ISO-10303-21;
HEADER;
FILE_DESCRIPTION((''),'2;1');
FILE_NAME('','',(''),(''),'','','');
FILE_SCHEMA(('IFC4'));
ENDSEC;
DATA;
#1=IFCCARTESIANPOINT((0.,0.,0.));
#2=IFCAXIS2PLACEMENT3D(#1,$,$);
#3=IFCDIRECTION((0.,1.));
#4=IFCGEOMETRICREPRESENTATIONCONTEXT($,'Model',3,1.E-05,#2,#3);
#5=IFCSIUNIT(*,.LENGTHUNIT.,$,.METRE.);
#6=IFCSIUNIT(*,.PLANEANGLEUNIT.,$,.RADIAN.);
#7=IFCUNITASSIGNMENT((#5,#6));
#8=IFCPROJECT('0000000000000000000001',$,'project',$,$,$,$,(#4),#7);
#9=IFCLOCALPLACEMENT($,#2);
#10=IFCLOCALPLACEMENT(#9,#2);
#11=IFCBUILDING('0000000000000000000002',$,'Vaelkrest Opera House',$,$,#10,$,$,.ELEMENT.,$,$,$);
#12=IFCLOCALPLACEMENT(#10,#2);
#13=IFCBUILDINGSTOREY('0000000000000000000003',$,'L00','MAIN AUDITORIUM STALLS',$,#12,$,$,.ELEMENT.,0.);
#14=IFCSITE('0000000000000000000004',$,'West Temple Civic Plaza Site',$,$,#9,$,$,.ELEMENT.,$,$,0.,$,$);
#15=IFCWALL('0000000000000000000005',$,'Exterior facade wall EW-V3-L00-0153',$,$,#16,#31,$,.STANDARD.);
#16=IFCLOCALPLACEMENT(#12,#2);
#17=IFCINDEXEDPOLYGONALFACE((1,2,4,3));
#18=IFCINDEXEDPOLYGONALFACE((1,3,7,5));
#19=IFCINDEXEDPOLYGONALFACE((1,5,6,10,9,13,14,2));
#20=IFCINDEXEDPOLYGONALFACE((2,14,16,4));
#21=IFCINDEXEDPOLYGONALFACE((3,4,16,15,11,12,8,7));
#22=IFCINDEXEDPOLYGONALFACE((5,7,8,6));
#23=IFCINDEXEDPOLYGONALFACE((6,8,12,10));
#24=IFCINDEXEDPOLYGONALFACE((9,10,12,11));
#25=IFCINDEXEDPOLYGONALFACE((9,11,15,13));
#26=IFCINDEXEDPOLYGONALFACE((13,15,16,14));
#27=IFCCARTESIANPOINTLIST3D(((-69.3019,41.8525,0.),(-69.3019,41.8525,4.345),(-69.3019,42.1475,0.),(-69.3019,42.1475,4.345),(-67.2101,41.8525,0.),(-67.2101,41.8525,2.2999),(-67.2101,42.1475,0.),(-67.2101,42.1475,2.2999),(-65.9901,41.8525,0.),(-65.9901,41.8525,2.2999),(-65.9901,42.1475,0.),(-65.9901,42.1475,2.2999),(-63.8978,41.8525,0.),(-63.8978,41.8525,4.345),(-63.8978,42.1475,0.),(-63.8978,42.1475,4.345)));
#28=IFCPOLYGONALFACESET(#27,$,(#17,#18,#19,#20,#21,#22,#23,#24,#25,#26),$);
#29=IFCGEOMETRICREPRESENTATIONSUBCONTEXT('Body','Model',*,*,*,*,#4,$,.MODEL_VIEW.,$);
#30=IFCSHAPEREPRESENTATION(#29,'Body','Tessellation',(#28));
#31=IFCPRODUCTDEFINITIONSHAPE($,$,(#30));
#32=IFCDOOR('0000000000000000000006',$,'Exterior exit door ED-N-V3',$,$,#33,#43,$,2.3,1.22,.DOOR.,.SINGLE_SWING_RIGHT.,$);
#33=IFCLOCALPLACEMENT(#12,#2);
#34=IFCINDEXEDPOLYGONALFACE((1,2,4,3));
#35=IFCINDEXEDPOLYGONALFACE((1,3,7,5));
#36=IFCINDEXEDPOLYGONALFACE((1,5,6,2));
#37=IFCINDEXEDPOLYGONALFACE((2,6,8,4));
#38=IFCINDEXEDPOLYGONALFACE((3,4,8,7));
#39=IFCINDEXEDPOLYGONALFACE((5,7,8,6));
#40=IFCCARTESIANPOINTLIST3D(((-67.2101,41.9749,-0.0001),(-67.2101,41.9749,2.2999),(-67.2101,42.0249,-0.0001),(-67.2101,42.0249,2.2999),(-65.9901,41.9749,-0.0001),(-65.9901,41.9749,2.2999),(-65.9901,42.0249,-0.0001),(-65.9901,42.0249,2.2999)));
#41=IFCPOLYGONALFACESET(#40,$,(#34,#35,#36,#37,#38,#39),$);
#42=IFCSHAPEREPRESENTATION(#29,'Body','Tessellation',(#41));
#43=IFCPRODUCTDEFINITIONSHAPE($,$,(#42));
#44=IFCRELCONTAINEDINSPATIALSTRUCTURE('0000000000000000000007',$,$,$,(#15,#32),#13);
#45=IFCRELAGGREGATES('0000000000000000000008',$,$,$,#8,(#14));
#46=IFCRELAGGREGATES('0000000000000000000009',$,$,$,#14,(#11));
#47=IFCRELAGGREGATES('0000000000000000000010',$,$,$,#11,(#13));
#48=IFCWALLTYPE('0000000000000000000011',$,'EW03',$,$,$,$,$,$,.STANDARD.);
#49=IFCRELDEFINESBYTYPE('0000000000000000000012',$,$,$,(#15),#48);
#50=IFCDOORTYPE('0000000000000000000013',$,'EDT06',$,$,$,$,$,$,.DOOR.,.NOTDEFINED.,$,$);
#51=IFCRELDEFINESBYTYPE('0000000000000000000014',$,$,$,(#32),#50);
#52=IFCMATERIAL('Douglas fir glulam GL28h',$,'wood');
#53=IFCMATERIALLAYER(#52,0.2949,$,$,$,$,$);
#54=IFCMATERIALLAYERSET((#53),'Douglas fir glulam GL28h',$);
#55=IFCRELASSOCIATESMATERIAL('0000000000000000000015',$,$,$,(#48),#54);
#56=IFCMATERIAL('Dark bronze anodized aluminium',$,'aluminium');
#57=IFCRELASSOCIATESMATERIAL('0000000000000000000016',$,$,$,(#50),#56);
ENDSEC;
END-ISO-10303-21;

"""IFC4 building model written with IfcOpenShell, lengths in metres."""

from ifc_helpers import new_model, si_unit, direction, frame, frame_2d, origin, place, context, subcontext, project, spatial, rectangle, extrude, material, layer, layer_set, type_object, element, fill, save


model = new_model("IFC4")

# Units and contexts
model_context = context("Model", 3, precision=1e-05, world=origin(), true_north=direction((0.0, 1.0)))
body_context = subcontext(model_context, "Body", "Model", "MODEL_VIEW")
ifc_project = project(units=[si_unit("LENGTHUNIT", "METRE"), si_unit("PLANEANGLEUNIT", "RADIAN")], contexts=[model_context])

# Site, building, storey
site_placement = place(None, origin())
site = spatial("IfcSite", under=ifc_project, at=site_placement, Name="West Temple Civic Plaza Site", CompositionType="ELEMENT", RefElevation=0.0)
building_placement = place(site_placement, origin())
building = spatial("IfcBuilding", under=site, at=building_placement, Name="Vaelkrest Opera House", CompositionType="ELEMENT")
storey_placement = place(building_placement, origin())
storey = spatial("IfcBuildingStorey", under=building, at=storey_placement, Name="L00", Description="MAIN AUDITORIUM STALLS", CompositionType="ELEMENT", Elevation=0.0)

# Shared definitions
ifc_material_1 = material(Name="Dark bronze anodized aluminium", Category="aluminium")

# Shared definitions
ifc_material_2 = material(Name="Douglas fir glulam GL28h", Category="wood")

# Wall, opening, door
ifc_layer_1 = layer(ifc_material_2, 0.2949)
ifc_layer_set_1 = layer_set([ifc_layer_1], Name="Douglas fir glulam GL28h")
wall_type_1 = type_object("IfcWallType", Name="EW03", PredefinedType="STANDARD", material=ifc_layer_set_1)
wall_1_placement = place(storey_placement, frame((-69.302, 42.0, 0.0), z_axis=(0.0, 0.0, 1.0), x_axis=(1.0, 0.0, 0.0)))
wall_1 = element("IfcWall", 1, at=wall_1_placement, inside=storey, type_object=wall_type_1, Name="Exterior facade wall EW-V3-L00-0153", PredefinedType="STANDARD", context=body_context, shape_type="SweptSolid", body=[
    extrude(rectangle(XDim=5.4041, YDim=0.2949, at=frame_2d((2.7021, 0.0))), origin(), (0.0, 0.0, 1.0), 4.345),
])
opening_1_placement = place(wall_1_placement, frame((2.092, 0.0, 0.0)))
opening_1 = element("IfcOpeningElement", 2, at=opening_1_placement, cuts=wall_1, PredefinedType="OPENING", context=body_context, shape_type="SweptSolid", body=[
    extrude(rectangle(XDim=1.22, YDim=2.3, at=frame_2d((0.6099, 1.1499))), frame((0.0, 0.1575, 0.0), z_axis=(0.0, -1.0, 0.0), x_axis=(1.0, 0.0, 0.0)), (0.0, 0.0, 1.0), 0.3149),
])
door_type = type_object("IfcDoorType", Name="EDT06", OperationType="NOTDEFINED", PredefinedType="DOOR", material=ifc_material_1)
door_placement = place(opening_1_placement, origin())
door = element("IfcDoor", 3, at=door_placement, inside=storey, type_object=door_type, Name="Exterior exit door ED-N-V3", OperationType="SINGLE_SWING_RIGHT", OverallHeight=2.3, OverallWidth=1.22, PredefinedType="DOOR", context=body_context, shape_type="SweptSolid", body=[
    extrude(rectangle(XDim=1.22, YDim=2.3, at=frame_2d((0.6099, 1.1499))), frame((0.0, 0.0249, 0.0), z_axis=(0.0, -1.0, 0.0), x_axis=(1.0, 0.0, 0.0)), (0.0, 0.0, 1.0), 0.05),
])
fill(opening_1, door)

save(model, "model.ifc")
